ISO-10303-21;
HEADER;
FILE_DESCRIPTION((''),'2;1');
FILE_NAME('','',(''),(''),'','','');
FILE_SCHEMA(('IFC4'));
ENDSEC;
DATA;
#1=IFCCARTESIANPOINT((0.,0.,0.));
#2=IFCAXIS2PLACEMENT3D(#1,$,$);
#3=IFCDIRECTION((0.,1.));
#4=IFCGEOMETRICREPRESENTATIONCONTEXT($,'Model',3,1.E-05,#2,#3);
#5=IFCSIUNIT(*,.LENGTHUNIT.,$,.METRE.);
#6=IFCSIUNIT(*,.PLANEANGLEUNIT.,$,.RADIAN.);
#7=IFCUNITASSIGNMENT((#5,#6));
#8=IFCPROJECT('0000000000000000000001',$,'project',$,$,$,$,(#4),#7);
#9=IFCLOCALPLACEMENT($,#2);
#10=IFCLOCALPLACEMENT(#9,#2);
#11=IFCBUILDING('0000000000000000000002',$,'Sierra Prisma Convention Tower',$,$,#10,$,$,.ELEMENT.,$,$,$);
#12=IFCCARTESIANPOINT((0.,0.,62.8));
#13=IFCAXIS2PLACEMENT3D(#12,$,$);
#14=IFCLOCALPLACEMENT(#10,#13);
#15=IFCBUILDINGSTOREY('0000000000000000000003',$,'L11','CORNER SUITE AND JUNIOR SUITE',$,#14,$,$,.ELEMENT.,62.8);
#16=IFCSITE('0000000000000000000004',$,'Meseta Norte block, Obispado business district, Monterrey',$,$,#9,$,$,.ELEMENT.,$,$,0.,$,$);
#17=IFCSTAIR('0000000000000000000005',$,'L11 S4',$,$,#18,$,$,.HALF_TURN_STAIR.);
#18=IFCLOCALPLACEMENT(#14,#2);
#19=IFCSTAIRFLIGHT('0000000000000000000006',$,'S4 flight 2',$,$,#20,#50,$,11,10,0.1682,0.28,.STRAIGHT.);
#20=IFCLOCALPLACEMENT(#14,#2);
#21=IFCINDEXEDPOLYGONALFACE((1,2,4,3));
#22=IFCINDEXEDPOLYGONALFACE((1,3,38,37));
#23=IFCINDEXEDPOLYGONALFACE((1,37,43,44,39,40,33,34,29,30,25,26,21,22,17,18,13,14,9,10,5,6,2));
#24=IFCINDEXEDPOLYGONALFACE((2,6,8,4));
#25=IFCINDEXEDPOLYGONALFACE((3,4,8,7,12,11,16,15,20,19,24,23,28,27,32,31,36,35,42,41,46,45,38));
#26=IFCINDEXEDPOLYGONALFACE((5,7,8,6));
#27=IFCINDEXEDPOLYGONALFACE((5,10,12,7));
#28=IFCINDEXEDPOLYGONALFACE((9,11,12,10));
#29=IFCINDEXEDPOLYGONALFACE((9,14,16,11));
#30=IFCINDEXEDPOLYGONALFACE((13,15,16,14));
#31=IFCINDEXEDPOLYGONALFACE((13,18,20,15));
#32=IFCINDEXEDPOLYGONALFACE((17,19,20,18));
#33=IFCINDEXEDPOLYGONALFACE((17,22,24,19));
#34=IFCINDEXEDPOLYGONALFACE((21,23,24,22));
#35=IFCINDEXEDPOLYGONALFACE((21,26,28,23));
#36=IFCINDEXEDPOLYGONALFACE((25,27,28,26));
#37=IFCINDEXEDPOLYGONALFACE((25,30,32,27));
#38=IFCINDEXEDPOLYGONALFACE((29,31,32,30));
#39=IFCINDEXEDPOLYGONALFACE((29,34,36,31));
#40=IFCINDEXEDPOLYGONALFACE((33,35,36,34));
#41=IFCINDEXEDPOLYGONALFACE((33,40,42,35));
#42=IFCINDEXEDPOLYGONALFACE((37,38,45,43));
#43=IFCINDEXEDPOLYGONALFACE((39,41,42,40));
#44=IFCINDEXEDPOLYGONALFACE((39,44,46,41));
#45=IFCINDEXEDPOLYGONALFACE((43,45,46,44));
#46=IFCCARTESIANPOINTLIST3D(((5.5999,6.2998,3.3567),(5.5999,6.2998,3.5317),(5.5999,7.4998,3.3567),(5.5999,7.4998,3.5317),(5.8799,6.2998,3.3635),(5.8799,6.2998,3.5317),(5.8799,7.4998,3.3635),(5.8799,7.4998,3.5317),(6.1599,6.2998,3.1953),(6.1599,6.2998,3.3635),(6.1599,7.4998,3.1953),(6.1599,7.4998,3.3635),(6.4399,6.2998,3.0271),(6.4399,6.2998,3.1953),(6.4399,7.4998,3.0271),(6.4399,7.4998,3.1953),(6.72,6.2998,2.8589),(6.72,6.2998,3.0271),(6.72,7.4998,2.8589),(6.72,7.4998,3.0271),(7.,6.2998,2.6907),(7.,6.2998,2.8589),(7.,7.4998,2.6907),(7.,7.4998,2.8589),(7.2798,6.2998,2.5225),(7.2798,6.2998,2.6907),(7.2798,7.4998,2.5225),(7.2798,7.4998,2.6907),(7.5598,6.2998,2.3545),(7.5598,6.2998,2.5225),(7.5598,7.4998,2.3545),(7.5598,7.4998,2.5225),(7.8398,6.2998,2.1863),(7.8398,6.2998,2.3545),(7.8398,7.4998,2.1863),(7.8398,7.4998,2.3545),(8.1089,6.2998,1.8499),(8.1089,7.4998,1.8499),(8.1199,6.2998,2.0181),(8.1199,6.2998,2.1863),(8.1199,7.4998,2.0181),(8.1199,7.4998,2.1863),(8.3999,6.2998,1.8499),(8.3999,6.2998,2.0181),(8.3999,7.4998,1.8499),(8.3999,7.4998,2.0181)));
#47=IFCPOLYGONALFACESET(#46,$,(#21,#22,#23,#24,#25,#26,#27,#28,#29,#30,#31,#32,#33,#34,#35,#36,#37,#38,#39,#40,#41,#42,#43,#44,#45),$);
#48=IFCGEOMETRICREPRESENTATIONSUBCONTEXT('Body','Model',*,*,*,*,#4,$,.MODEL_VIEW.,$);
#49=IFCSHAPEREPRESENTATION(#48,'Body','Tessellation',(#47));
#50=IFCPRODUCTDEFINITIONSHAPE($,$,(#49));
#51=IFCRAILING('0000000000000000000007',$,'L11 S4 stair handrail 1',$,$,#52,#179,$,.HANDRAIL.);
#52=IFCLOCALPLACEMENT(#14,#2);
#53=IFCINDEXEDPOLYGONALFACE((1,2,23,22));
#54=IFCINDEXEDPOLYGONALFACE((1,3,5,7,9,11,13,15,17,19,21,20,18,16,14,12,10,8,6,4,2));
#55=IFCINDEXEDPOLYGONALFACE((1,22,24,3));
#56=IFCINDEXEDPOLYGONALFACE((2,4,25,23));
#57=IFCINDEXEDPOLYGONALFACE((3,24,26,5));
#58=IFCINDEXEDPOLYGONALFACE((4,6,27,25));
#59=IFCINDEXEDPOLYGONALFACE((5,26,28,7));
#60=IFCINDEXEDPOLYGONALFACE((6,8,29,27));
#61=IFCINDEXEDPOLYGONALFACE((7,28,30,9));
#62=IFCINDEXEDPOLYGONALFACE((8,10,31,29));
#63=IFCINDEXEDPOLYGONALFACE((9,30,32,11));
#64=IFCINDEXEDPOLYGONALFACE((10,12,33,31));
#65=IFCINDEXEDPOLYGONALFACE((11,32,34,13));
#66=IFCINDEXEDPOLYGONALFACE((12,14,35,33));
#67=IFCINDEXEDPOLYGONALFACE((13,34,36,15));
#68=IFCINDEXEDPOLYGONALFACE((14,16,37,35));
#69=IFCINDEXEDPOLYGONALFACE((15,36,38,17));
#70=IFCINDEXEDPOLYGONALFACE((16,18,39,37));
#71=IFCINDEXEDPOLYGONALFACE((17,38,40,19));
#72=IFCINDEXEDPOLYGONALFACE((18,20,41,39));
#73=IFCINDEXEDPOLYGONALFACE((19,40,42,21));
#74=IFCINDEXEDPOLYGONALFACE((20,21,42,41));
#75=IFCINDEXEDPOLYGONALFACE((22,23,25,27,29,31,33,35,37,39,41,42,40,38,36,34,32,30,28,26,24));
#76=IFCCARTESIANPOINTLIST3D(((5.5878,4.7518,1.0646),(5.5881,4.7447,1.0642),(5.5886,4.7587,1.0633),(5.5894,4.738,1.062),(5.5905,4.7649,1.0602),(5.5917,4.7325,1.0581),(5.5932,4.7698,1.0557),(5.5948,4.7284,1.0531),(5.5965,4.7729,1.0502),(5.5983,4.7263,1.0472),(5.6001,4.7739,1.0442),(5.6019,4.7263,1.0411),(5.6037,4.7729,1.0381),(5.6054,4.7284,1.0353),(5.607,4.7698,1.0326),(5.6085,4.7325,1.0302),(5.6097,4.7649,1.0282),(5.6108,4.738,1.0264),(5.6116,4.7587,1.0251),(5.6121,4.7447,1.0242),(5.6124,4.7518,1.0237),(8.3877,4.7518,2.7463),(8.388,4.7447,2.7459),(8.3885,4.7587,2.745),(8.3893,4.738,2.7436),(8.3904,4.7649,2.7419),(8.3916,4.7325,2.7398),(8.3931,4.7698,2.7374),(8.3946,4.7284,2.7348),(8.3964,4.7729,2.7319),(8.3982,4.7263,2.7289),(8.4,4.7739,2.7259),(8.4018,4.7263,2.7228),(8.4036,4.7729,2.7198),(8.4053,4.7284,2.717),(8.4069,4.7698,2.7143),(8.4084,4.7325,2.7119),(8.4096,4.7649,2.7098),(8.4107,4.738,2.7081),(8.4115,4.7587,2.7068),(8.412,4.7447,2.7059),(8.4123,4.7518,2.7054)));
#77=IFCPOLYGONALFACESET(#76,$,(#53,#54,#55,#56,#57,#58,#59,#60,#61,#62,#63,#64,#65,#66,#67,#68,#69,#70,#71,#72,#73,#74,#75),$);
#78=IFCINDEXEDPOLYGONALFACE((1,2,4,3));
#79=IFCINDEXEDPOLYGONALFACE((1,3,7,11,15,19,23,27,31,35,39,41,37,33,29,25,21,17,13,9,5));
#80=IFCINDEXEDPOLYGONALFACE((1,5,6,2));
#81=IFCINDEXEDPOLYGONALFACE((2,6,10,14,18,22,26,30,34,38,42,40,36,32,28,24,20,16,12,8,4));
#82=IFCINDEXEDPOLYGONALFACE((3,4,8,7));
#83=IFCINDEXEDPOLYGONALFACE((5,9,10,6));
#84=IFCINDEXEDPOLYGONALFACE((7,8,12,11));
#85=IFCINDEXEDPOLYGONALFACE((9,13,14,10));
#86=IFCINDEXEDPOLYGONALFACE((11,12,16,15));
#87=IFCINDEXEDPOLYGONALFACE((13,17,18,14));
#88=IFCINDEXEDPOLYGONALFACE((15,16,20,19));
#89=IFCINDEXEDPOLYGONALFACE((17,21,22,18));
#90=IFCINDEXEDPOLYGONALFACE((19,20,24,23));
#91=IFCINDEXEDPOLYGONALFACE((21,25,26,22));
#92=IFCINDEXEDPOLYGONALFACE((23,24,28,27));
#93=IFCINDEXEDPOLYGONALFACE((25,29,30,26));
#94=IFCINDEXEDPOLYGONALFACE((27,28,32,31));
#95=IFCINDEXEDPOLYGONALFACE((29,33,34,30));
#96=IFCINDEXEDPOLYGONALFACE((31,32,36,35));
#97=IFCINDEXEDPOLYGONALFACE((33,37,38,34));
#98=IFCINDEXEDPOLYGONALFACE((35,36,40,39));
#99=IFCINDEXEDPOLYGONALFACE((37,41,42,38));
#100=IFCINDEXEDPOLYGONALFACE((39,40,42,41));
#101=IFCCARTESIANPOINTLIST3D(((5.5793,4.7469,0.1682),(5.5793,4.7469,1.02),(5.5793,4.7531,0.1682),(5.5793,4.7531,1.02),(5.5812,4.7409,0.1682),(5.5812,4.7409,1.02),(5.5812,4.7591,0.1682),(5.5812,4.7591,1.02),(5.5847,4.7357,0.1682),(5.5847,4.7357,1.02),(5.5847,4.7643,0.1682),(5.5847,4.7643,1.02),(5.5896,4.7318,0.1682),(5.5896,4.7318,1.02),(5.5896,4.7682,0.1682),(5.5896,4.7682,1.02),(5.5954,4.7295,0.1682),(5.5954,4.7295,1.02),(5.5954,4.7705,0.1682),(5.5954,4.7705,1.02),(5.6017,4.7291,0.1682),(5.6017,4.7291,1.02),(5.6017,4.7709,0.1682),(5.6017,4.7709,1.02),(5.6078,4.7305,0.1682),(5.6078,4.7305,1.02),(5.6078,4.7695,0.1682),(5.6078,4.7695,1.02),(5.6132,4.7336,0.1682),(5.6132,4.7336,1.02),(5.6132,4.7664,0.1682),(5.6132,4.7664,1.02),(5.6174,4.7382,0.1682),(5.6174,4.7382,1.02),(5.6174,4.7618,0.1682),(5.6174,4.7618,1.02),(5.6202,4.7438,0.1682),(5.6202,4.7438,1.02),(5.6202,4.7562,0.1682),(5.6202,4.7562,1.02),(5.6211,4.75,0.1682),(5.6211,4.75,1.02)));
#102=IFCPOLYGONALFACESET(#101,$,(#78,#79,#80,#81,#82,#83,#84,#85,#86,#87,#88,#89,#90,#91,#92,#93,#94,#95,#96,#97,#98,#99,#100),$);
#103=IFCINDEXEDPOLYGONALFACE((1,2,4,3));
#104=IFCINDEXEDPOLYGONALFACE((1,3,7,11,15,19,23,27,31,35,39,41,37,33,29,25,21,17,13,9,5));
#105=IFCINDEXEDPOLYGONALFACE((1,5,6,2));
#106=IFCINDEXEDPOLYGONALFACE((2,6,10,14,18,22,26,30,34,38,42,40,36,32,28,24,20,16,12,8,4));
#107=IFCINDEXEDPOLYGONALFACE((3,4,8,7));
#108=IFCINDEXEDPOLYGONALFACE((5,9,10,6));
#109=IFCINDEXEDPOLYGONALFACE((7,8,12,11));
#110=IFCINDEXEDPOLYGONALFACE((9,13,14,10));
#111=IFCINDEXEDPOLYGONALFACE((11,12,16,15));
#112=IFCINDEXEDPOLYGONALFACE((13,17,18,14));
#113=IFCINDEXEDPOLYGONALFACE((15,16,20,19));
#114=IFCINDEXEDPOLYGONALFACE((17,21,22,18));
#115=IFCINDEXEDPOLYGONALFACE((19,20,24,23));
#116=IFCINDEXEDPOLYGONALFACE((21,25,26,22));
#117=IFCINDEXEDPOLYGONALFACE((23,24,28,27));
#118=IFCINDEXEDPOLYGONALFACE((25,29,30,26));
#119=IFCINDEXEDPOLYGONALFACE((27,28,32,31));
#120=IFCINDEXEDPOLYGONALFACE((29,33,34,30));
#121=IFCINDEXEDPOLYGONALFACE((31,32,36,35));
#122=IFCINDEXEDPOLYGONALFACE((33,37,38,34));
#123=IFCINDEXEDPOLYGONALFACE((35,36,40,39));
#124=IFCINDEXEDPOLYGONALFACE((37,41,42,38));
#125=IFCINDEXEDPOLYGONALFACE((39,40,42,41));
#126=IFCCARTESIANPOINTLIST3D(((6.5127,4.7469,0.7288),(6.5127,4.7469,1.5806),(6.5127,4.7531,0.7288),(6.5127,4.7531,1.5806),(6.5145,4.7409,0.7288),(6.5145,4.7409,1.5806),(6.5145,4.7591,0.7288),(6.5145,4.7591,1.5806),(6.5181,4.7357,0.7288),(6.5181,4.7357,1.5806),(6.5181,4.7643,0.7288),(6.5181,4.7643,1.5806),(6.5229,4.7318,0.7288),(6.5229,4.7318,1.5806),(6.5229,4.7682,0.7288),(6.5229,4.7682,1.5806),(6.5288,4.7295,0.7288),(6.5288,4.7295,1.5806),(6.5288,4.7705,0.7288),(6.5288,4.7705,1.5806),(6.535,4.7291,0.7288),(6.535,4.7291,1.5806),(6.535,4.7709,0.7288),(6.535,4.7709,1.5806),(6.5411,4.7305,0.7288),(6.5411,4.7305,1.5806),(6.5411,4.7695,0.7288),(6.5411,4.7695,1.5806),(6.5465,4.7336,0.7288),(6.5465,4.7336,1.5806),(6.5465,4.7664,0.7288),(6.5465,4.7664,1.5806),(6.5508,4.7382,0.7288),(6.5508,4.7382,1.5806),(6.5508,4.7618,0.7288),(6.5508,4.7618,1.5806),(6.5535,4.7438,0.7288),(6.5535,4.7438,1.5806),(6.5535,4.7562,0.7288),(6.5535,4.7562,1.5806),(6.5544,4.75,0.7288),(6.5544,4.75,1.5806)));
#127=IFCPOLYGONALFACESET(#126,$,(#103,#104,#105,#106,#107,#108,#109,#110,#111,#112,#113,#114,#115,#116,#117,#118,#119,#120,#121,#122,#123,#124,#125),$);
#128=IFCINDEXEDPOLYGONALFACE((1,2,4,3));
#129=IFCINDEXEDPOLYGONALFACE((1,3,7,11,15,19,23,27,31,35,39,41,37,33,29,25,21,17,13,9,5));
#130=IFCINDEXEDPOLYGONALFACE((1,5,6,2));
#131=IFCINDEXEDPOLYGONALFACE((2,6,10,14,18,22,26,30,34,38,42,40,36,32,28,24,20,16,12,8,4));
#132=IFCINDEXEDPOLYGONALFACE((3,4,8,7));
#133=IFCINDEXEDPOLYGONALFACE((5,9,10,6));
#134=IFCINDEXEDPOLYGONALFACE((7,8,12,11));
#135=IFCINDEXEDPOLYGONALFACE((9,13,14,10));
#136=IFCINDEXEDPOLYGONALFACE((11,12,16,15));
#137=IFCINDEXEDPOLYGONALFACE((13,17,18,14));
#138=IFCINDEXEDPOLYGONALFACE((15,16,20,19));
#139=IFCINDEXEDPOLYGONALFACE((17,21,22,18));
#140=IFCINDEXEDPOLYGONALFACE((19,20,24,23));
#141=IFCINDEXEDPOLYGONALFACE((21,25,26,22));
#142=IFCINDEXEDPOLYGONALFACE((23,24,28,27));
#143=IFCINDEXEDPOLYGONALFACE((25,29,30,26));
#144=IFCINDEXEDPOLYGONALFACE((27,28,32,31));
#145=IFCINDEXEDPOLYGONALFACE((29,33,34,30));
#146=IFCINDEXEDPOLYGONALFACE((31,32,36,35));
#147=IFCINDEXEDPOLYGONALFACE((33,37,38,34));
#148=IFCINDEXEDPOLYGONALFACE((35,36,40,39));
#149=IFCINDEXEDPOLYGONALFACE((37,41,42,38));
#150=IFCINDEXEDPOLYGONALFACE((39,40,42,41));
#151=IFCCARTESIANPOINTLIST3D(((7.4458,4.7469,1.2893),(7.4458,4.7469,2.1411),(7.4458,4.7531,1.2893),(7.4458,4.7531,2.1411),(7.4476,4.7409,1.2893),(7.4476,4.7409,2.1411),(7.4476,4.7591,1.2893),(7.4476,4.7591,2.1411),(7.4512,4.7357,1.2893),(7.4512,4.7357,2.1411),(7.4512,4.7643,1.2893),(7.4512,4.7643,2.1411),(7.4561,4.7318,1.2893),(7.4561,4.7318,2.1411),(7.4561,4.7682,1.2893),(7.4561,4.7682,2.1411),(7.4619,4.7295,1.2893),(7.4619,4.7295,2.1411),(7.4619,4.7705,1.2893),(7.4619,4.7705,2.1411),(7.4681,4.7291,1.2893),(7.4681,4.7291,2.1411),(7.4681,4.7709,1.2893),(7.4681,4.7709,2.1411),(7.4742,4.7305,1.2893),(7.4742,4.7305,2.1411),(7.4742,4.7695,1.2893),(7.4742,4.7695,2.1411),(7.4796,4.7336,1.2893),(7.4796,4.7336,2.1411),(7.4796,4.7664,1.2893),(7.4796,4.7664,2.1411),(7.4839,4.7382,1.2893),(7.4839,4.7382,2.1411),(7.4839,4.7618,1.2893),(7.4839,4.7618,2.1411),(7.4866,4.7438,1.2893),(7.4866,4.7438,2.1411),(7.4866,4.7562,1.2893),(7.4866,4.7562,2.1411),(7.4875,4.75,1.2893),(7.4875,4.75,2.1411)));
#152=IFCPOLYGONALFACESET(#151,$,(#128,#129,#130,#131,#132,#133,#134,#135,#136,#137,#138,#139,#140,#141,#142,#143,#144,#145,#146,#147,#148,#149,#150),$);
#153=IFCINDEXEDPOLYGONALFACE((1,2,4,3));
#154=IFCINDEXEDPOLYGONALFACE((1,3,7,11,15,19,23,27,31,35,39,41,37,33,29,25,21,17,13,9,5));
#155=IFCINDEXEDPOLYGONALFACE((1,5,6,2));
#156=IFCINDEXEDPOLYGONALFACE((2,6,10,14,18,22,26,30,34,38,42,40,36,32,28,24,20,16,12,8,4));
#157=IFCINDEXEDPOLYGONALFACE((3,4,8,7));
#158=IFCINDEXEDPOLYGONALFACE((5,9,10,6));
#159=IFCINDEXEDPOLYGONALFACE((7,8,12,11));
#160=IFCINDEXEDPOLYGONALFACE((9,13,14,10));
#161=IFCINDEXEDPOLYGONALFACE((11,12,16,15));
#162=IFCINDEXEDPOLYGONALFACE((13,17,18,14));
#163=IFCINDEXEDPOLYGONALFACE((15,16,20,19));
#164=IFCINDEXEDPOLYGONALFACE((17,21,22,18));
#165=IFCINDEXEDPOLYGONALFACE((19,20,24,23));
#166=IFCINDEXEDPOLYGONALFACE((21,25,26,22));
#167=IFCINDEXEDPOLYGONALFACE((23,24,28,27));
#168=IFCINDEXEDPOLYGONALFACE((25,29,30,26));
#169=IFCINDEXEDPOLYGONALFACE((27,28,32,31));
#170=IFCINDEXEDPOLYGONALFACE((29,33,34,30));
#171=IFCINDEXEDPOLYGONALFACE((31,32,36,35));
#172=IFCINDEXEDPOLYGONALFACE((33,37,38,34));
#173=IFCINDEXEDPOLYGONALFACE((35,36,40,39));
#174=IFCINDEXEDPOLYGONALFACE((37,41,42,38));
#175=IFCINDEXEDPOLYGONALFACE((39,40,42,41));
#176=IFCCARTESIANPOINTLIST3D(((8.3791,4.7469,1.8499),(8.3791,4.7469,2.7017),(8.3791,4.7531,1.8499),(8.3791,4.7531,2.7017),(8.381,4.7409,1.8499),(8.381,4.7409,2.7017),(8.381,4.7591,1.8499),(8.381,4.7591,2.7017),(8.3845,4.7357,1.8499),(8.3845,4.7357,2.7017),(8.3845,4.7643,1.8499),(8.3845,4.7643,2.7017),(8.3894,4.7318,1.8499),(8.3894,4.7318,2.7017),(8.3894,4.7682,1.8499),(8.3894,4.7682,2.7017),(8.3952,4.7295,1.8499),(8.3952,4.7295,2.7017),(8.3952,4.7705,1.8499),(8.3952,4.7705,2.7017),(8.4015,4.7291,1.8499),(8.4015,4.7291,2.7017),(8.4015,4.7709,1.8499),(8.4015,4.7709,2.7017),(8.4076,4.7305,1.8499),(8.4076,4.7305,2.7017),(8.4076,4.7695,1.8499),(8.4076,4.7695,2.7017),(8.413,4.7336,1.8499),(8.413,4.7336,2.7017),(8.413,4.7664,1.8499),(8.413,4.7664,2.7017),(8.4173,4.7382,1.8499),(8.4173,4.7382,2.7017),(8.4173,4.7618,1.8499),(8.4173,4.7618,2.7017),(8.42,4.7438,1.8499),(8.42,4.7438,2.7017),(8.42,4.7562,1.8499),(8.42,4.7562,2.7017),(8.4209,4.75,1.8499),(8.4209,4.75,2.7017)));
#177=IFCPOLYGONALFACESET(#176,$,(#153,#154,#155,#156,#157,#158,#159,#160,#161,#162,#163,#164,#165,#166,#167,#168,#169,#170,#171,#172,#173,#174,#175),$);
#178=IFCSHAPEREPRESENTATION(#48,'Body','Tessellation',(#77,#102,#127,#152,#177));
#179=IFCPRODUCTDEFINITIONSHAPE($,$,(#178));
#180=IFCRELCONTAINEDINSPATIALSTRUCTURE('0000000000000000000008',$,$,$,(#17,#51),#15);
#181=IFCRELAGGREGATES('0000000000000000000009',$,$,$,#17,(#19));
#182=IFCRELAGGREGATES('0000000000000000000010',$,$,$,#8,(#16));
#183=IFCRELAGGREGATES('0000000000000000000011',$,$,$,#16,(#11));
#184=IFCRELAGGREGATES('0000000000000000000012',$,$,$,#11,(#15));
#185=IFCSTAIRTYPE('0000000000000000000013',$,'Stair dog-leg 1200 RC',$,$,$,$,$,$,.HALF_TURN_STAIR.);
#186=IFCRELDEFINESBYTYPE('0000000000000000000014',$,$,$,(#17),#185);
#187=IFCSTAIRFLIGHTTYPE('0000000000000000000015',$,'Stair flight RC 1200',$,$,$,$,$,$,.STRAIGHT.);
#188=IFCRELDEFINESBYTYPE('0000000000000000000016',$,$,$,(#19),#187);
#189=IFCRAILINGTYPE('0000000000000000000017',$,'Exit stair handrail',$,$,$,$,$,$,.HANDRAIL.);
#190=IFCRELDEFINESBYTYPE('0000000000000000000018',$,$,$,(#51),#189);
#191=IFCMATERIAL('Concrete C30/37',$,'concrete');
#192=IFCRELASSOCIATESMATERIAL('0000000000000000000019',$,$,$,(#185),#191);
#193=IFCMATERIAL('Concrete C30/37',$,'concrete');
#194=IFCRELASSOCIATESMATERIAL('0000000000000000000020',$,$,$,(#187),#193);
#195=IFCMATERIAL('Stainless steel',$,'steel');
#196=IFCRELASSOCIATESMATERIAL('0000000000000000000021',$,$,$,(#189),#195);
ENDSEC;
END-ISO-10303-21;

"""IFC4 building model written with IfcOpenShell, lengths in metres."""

from ifc_helpers import new_model, si_unit, direction, frame, origin, origin_2d, place, context, subcontext, project, spatial, polyline, circle, outline, extrude, material, type_object, element, aggregate, save


model = new_model("IFC4")

# Units and contexts
model_context = context("Model", 3, precision=1e-05, world=origin(), true_north=direction((0.0, 1.0)))
body_context = subcontext(model_context, "Body", "Model", "MODEL_VIEW")
ifc_project = project(units=[si_unit("LENGTHUNIT", "METRE"), si_unit("PLANEANGLEUNIT", "RADIAN")], contexts=[model_context])

# Site, building, storey
site_placement = place(None, origin())
site = spatial("IfcSite", under=ifc_project, at=site_placement, Name="Meseta Norte block, Obispado business district, Monterrey", CompositionType="ELEMENT", RefElevation=0.0)
building_placement = place(site_placement, origin())
building = spatial("IfcBuilding", under=site, at=building_placement, Name="Sierra Prisma Convention Tower", CompositionType="ELEMENT")
storey_placement = place(building_placement, frame((0.0, 0.0, 62.8)))
storey = spatial("IfcBuildingStorey", under=building, at=storey_placement, Name="L11", Description="CORNER SUITE AND JUNIOR SUITE", CompositionType="ELEMENT", Elevation=62.8)

# Stair, stair flight
ifc_material_1 = material(Name="Concrete C30/37", Category="concrete")
stair_type = type_object("IfcStairType", Name="Stair dog-leg 1200 RC", PredefinedType="HALF_TURN_STAIR", material=ifc_material_1)
stair_placement = place(storey_placement, origin())
stair = element("IfcStair", 1, at=stair_placement, inside=storey, type_object=stair_type, Name="L11 S4", PredefinedType="HALF_TURN_STAIR")
ifc_material_2 = material(Name="Concrete C30/37", Category="concrete")
stair_flight_type = type_object("IfcStairFlightType", Name="Stair flight RC 1200", PredefinedType="STRAIGHT", material=ifc_material_2)
stair_flight_1_placement = place(storey_placement, frame((8.3999, 6.8999, 1.8499), z_axis=(0.0, 0.0, 1.0), x_axis=(-1.0, 0.0, 0.0)))
stair_flight_1 = element("IfcStairFlight", 2, at=stair_flight_1_placement, type_object=stair_flight_type, Name="S4 flight 2", NumberOfRisers=11, NumberOfTreads=10, PredefinedType="STRAIGHT", RiserHeight=0.1682, TreadLength=0.28, context=body_context, shape_type="SweptSolid", body=[
    extrude(outline(polyline([(0.0, 0.0), (0.0, 0.1682), (0.28, 0.1682), (0.28, 0.3364), (0.5601, 0.3364), (0.5601, 0.5046), (0.8401, 0.5046), (0.8401, 0.6726), (1.1201, 0.6726), (1.1201, 0.8408), (1.3999, 0.8408), (1.3999, 1.009), (1.6799, 1.009), (1.6799, 1.1772), (1.96, 1.1772), (1.96, 1.3455), (2.24, 1.3455), (2.24, 1.5137), (2.52, 1.5137), (2.52, 1.6819), (2.8, 1.6819), (2.8, 1.8501), (2.8, 1.5068), (0.291, 0.0), (0.0, 0.0)])), frame((0.0, 0.6001, 0.0), z_axis=(0.0, -1.0, 0.0), x_axis=(1.0, 0.0, 0.0)), (0.0, 0.0, 1.0), 1.2),
])
aggregate(stair, [stair_flight_1])

# Railing
ifc_material_3 = material(Name="Stainless steel", Category="steel")
railing_type_1 = type_object("IfcRailingType", Name="Exit stair handrail", PredefinedType="HANDRAIL", material=ifc_material_3)
railing_1_placement = place(storey_placement, frame((5.6001, 4.75, 0.1682)))
element("IfcRailing", 3, at=railing_1_placement, inside=storey, type_object=railing_type_1, Name="L11 S4 stair handrail 1", PredefinedType="HANDRAIL", context=body_context, shape_type="SweptSolid", body=[
    extrude(circle(Radius=0.0239, at=origin_2d()), frame((0.0, 0.0, 0.876), z_axis=(0.857255, 0.0, 0.514891), x_axis=(0.0, 1.0, 0.0)), (0.0, 0.0, 1.0), 3.2661),
    extrude(circle(Radius=0.021, at=origin_2d()), origin(), (0.0, 0.0, 1.0), 0.8518),
    extrude(circle(Radius=0.021, at=origin_2d()), frame((0.9333, 0.0, 0.5605)), (0.0, 0.0, 1.0), 0.8518),
    extrude(circle(Radius=0.021, at=origin_2d()), frame((1.8665, 0.0, 1.1211)), (0.0, 0.0, 1.0), 0.8518),
    extrude(circle(Radius=0.021, at=origin_2d()), frame((2.7998, 0.0, 1.6816)), (0.0, 0.0, 1.0), 0.8518),
])

save(model, "model.ifc")
